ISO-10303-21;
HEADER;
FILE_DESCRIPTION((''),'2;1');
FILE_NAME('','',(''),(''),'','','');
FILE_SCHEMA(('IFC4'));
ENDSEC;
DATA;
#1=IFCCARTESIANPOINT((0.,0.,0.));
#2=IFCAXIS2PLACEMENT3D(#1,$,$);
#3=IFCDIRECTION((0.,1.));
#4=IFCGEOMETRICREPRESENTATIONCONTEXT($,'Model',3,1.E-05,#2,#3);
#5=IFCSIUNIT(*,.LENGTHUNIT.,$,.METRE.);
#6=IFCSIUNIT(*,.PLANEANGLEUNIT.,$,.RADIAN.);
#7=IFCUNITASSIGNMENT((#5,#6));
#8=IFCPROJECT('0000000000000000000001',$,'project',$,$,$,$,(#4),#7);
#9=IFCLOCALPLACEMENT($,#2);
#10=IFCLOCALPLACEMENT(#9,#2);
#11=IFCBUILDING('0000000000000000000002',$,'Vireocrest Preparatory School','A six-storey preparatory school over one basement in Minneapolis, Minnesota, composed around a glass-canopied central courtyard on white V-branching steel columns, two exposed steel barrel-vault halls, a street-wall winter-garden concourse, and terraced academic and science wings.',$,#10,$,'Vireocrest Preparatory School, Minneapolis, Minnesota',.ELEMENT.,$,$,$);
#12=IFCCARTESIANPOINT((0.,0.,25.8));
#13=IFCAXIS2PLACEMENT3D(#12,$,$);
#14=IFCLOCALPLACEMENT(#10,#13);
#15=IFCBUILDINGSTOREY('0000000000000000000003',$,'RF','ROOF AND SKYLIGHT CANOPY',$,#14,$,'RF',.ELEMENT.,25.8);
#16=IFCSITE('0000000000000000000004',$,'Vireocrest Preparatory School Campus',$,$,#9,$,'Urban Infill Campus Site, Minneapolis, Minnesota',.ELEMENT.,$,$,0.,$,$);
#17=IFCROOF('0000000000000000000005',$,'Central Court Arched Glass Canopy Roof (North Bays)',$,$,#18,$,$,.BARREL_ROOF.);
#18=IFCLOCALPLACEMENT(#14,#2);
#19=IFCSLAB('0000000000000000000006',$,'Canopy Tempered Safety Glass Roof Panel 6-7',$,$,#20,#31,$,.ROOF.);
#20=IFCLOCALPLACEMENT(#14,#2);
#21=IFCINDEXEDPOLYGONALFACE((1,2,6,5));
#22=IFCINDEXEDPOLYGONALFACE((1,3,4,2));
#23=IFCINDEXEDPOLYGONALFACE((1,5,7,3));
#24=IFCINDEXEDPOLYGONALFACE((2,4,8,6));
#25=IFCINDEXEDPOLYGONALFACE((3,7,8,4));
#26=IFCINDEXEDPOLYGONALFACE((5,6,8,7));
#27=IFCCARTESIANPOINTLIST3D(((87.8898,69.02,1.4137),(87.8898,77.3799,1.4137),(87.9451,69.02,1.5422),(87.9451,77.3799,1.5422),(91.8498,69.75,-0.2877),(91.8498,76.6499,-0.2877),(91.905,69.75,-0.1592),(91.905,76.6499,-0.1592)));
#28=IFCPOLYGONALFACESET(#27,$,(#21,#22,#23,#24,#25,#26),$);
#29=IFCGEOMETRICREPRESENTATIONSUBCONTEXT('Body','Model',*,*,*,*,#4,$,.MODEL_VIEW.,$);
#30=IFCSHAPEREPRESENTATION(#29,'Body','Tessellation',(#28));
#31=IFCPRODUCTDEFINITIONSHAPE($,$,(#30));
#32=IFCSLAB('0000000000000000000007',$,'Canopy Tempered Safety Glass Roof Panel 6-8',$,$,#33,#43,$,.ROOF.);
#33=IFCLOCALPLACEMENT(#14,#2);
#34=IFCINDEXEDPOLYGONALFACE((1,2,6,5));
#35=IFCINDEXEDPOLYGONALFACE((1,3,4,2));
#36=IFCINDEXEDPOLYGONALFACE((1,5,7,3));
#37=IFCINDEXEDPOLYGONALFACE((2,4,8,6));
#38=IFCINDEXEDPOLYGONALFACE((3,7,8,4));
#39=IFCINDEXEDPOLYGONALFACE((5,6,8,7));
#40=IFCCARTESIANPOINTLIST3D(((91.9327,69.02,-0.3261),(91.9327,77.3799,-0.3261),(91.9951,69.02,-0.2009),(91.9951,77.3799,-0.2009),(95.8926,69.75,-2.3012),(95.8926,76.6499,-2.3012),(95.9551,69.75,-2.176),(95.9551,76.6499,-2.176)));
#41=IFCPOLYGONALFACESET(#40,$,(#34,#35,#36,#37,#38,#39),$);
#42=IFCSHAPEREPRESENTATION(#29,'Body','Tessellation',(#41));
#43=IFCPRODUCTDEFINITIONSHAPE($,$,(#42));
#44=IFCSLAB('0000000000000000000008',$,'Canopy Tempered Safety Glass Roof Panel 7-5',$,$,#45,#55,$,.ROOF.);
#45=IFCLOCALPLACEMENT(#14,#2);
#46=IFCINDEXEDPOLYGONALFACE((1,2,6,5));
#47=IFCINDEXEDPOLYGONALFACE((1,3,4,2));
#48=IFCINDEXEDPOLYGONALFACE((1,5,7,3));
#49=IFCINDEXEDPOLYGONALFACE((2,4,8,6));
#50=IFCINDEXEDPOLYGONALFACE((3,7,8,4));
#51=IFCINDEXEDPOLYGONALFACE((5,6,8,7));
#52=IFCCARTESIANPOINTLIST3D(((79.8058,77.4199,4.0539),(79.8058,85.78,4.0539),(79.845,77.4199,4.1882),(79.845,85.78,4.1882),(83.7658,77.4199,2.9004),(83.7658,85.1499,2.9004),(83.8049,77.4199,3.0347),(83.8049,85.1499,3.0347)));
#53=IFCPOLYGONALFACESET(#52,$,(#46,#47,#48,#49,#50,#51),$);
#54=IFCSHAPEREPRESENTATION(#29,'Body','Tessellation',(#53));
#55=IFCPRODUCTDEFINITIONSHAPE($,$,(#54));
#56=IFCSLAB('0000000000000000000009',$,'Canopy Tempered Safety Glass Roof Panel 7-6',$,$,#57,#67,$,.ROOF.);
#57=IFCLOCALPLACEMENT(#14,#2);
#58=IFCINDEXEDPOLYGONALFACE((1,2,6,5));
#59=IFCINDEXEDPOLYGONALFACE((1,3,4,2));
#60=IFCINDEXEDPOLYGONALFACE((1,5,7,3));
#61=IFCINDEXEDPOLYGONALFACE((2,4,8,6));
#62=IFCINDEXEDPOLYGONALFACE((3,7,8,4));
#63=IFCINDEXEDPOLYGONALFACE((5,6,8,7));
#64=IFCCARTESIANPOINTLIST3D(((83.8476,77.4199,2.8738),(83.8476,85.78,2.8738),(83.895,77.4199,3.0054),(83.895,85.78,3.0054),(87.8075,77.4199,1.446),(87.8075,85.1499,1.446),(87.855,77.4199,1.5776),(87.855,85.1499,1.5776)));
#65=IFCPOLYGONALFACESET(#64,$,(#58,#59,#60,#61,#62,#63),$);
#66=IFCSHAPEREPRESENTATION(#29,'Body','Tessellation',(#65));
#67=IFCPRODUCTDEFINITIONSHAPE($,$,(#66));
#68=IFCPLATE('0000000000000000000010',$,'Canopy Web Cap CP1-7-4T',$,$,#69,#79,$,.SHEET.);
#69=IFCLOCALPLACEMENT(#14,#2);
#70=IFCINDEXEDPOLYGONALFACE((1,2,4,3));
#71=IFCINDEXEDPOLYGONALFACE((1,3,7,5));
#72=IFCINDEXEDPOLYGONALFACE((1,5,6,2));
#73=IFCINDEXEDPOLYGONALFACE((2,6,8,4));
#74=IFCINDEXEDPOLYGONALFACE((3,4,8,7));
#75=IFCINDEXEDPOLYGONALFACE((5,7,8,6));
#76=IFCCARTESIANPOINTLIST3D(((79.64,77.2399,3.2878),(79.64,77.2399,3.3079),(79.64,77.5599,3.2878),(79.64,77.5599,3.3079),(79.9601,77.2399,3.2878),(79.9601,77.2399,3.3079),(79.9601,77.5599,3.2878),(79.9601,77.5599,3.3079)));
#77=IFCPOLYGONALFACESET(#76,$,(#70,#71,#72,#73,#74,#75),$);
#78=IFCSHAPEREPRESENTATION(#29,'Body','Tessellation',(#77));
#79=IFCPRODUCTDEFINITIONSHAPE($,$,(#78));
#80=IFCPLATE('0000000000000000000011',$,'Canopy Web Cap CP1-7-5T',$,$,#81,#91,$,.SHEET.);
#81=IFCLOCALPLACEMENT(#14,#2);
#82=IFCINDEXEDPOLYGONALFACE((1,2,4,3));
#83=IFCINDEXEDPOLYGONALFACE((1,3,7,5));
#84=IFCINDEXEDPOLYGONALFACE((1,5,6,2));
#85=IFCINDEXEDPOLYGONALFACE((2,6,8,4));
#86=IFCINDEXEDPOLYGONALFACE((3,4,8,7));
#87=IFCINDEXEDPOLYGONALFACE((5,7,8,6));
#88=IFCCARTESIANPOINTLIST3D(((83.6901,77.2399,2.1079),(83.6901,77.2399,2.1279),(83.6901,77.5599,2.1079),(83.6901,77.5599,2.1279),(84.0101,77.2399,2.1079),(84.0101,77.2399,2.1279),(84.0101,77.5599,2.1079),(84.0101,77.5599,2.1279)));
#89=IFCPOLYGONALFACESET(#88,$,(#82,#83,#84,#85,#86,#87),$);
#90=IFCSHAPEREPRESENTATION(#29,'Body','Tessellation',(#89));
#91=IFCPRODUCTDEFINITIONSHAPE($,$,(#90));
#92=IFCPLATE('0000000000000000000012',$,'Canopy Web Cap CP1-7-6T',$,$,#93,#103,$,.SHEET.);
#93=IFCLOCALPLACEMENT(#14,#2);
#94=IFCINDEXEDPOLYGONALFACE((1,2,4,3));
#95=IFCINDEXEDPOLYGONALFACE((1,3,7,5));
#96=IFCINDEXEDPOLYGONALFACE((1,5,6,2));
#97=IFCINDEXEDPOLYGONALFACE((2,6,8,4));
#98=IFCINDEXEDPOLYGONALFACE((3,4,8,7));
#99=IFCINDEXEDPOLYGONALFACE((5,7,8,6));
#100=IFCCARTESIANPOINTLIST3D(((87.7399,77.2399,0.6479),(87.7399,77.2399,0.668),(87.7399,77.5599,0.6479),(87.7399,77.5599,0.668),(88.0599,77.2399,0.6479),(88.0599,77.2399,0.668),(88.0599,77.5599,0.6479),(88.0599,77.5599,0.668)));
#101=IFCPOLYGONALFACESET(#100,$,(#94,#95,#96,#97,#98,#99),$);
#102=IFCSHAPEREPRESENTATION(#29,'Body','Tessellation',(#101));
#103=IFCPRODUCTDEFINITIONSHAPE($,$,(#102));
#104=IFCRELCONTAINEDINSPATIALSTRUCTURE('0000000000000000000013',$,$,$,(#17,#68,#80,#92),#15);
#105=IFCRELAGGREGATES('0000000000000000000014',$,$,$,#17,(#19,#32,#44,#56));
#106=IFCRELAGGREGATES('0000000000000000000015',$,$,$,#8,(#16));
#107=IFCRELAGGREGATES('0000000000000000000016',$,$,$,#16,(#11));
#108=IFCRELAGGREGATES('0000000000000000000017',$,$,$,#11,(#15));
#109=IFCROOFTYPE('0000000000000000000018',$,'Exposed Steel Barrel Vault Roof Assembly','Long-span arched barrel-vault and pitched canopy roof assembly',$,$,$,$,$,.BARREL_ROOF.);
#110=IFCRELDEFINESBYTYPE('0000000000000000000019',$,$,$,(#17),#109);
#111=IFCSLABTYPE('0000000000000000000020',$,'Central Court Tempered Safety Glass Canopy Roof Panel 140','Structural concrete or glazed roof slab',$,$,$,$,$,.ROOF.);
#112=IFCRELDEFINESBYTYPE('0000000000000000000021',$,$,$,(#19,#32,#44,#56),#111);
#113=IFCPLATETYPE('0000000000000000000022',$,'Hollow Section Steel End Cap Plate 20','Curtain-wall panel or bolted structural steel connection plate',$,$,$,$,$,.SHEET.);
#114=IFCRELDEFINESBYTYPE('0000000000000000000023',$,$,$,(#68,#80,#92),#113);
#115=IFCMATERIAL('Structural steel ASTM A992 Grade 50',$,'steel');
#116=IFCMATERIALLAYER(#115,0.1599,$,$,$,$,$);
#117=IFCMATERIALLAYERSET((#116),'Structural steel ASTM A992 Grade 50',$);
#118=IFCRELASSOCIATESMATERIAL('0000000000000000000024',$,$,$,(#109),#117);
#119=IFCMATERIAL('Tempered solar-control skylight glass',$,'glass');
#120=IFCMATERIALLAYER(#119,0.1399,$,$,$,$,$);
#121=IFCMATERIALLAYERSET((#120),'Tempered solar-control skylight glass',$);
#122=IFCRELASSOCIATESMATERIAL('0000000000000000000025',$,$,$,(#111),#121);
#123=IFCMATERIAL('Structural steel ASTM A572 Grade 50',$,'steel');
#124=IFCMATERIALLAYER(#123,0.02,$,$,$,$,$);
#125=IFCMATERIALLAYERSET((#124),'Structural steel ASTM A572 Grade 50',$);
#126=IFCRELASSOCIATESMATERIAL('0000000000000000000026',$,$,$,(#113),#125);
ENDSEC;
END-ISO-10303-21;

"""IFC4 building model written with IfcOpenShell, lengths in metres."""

from ifc_helpers import new_model, si_unit, direction, frame, origin, origin_2d, place, context, subcontext, project, spatial, polyline, rectangle, outline, extrude, material, layer, layer_set, type_object, element, aggregate, save


model = new_model("IFC4")

# Units and contexts
model_context = context("Model", 3, precision=1e-05, world=origin(), true_north=direction((0.0, 1.0)))
body_context = subcontext(model_context, "Body", "Model", "MODEL_VIEW")
ifc_project = project(units=[si_unit("LENGTHUNIT", "METRE"), si_unit("PLANEANGLEUNIT", "RADIAN")], contexts=[model_context])

# Site, building, storey
site_placement = place(None, origin())
site = spatial("IfcSite", under=ifc_project, at=site_placement, Name="Vireocrest Preparatory School Campus", LongName="Urban Infill Campus Site, Minneapolis, Minnesota", CompositionType="ELEMENT", RefElevation=0.0)
building_placement = place(site_placement, origin())
building = spatial("IfcBuilding", under=site, at=building_placement, Name="Vireocrest Preparatory School", Description="A six-storey preparatory school over one basement in Minneapolis, Minnesota, composed around a glass-canopied central courtyard on white V-branching steel columns, two exposed steel barrel-vault halls, a street-wall winter-garden concourse, and terraced academic and science wings.", LongName="Vireocrest Preparatory School, Minneapolis, Minnesota", CompositionType="ELEMENT")
storey_placement = place(building_placement, frame((0.0, 0.0, 25.8)))
storey = spatial("IfcBuildingStorey", under=building, at=storey_placement, Name="RF", Description="ROOF AND SKYLIGHT CANOPY", LongName="RF", CompositionType="ELEMENT", Elevation=25.8)

# Shared definitions
ifc_material_1 = material(Name="Structural steel ASTM A992 Grade 50", Category="steel")

# Roof, slabs
ifc_layer_1 = layer(ifc_material_1, 0.1599)
ifc_layer_set_1 = layer_set([ifc_layer_1], Name="Structural steel ASTM A992 Grade 50")
roof_type = type_object("IfcRoofType", Name="Exposed Steel Barrel Vault Roof Assembly", Description="Long-span arched barrel-vault and pitched canopy roof assembly", PredefinedType="BARREL_ROOF", material=ifc_layer_set_1)
roof_placement = place(storey_placement, origin())
roof = element("IfcRoof", 1, at=roof_placement, inside=storey, type_object=roof_type, Name="Central Court Arched Glass Canopy Roof (North Bays)", PredefinedType="BARREL_ROOF")
ifc_material_2 = material(Name="Tempered solar-control skylight glass", Category="glass")
ifc_layer_2 = layer(ifc_material_2, 0.1399)
ifc_layer_set_2 = layer_set([ifc_layer_2], Name="Tempered solar-control skylight glass")
slab_type = type_object("IfcSlabType", Name="Central Court Tempered Safety Glass Canopy Roof Panel 140", Description="Structural concrete or glazed roof slab", PredefinedType="ROOF", material=ifc_layer_set_2)
slab_1_placement = place(storey_placement, frame((87.9451, 69.02, 1.5422), z_axis=(0.39476, 0.0, 0.918784), x_axis=(0.905883, 0.166991, -0.389217)))
slab_1 = element("IfcSlab", 2, at=slab_1_placement, type_object=slab_type, Name="Canopy Tempered Safety Glass Roof Panel 6-7", PredefinedType="ROOF", context=body_context, shape_type="SweptSolid", body=[
    extrude(outline(polyline([(0.0, 0.0), (4.3714, 0.0), (5.5236, 6.803), (1.396, 8.2425), (0.0, 0.0)])), origin(), (0.0, 0.0, -1.0), 0.1399),
])
slab_2_placement = place(storey_placement, frame((91.9951, 69.02, -0.2009), z_axis=(0.446331, 0.0, 0.894868), x_axis=(0.882936, 0.162761, -0.440379)))
slab_2 = element("IfcSlab", 3, at=slab_2_placement, type_object=slab_type, Name="Canopy Tempered Safety Glass Roof Panel 6-8", PredefinedType="ROOF", context=body_context, shape_type="SweptSolid", body=[
    extrude(outline(polyline([(0.0, 0.0), (4.485, 0.0), (5.608, 6.8079), (1.3607, 8.2484), (0.0, 0.0)])), origin(), (0.0, 0.0, -1.0), 0.1399),
])
slab_3_placement = place(storey_placement, frame((79.845, 77.4199, 4.1882), z_axis=(0.279682, 0.0, 0.960093), x_axis=(0.960093, 0.0, -0.279682)))
slab_3 = element("IfcSlab", 4, at=slab_3_placement, type_object=slab_type, Name="Canopy Tempered Safety Glass Roof Panel 7-5", PredefinedType="ROOF", context=body_context, shape_type="SweptSolid", body=[
    extrude(outline(polyline([(0.0, 0.0), (4.1246, 0.0), (4.1246, 7.73), (0.0, 8.3601), (0.0, 0.0)])), origin(), (0.0, 0.0, -1.0), 0.1399),
])
slab_4_placement = place(storey_placement, frame((83.895, 77.4199, 3.0054), z_axis=(0.339171, 0.0, 0.940725), x_axis=(0.940725, 0.0, -0.339171)))
slab_4 = element("IfcSlab", 5, at=slab_4_placement, type_object=slab_type, Name="Canopy Tempered Safety Glass Roof Panel 7-6", PredefinedType="ROOF", context=body_context, shape_type="SweptSolid", body=[
    extrude(outline(polyline([(0.0, 0.0), (4.2095, 0.0), (4.2095, 7.73), (0.0, 8.3601), (0.0, 0.0)])), origin(), (0.0, 0.0, -1.0), 0.1399),
])
aggregate(roof, [slab_1, slab_2, slab_3, slab_4])

# Plates
ifc_material_3 = material(Name="Structural steel ASTM A572 Grade 50", Category="steel")
ifc_layer_3 = layer(ifc_material_3, 0.02)
ifc_layer_set_3 = layer_set([ifc_layer_3], Name="Structural steel ASTM A572 Grade 50")
plate_type = type_object("IfcPlateType", Name="Hollow Section Steel End Cap Plate 20", Description="Curtain-wall panel or bolted structural steel connection plate", PredefinedType="SHEET", material=ifc_layer_set_3)
for number, where, z_axis, x_axis, name in (
    (6, (79.8, 77.3999, 3.2878), (0.0, 0.0, 1.0), (1.0, 0.0, 0.0), "Canopy Web Cap CP1-7-4T"),
    (7, (83.8501, 77.3999, 2.1079), (0.0, 0.0, 1.0), (1.0, 0.0, 0.0), "Canopy Web Cap CP1-7-5T"),
    (8, (87.8999, 77.3999, 0.6479), (0.0, 0.0, 1.0), (1.0, 0.0, 0.0), "Canopy Web Cap CP1-7-6T"),
):
    element("IfcPlate", number, at=place(storey_placement, frame(where, z_axis=z_axis, x_axis=x_axis)), inside=storey, type_object=plate_type, Name=name, PredefinedType="SHEET", context=body_context, shape_type="SweptSolid", body=[
        extrude(rectangle(XDim=0.3201, YDim=0.3201, at=origin_2d()), origin(), (0.0, 0.0, 1.0), 0.02),
    ])

save(model, "model.ifc")
